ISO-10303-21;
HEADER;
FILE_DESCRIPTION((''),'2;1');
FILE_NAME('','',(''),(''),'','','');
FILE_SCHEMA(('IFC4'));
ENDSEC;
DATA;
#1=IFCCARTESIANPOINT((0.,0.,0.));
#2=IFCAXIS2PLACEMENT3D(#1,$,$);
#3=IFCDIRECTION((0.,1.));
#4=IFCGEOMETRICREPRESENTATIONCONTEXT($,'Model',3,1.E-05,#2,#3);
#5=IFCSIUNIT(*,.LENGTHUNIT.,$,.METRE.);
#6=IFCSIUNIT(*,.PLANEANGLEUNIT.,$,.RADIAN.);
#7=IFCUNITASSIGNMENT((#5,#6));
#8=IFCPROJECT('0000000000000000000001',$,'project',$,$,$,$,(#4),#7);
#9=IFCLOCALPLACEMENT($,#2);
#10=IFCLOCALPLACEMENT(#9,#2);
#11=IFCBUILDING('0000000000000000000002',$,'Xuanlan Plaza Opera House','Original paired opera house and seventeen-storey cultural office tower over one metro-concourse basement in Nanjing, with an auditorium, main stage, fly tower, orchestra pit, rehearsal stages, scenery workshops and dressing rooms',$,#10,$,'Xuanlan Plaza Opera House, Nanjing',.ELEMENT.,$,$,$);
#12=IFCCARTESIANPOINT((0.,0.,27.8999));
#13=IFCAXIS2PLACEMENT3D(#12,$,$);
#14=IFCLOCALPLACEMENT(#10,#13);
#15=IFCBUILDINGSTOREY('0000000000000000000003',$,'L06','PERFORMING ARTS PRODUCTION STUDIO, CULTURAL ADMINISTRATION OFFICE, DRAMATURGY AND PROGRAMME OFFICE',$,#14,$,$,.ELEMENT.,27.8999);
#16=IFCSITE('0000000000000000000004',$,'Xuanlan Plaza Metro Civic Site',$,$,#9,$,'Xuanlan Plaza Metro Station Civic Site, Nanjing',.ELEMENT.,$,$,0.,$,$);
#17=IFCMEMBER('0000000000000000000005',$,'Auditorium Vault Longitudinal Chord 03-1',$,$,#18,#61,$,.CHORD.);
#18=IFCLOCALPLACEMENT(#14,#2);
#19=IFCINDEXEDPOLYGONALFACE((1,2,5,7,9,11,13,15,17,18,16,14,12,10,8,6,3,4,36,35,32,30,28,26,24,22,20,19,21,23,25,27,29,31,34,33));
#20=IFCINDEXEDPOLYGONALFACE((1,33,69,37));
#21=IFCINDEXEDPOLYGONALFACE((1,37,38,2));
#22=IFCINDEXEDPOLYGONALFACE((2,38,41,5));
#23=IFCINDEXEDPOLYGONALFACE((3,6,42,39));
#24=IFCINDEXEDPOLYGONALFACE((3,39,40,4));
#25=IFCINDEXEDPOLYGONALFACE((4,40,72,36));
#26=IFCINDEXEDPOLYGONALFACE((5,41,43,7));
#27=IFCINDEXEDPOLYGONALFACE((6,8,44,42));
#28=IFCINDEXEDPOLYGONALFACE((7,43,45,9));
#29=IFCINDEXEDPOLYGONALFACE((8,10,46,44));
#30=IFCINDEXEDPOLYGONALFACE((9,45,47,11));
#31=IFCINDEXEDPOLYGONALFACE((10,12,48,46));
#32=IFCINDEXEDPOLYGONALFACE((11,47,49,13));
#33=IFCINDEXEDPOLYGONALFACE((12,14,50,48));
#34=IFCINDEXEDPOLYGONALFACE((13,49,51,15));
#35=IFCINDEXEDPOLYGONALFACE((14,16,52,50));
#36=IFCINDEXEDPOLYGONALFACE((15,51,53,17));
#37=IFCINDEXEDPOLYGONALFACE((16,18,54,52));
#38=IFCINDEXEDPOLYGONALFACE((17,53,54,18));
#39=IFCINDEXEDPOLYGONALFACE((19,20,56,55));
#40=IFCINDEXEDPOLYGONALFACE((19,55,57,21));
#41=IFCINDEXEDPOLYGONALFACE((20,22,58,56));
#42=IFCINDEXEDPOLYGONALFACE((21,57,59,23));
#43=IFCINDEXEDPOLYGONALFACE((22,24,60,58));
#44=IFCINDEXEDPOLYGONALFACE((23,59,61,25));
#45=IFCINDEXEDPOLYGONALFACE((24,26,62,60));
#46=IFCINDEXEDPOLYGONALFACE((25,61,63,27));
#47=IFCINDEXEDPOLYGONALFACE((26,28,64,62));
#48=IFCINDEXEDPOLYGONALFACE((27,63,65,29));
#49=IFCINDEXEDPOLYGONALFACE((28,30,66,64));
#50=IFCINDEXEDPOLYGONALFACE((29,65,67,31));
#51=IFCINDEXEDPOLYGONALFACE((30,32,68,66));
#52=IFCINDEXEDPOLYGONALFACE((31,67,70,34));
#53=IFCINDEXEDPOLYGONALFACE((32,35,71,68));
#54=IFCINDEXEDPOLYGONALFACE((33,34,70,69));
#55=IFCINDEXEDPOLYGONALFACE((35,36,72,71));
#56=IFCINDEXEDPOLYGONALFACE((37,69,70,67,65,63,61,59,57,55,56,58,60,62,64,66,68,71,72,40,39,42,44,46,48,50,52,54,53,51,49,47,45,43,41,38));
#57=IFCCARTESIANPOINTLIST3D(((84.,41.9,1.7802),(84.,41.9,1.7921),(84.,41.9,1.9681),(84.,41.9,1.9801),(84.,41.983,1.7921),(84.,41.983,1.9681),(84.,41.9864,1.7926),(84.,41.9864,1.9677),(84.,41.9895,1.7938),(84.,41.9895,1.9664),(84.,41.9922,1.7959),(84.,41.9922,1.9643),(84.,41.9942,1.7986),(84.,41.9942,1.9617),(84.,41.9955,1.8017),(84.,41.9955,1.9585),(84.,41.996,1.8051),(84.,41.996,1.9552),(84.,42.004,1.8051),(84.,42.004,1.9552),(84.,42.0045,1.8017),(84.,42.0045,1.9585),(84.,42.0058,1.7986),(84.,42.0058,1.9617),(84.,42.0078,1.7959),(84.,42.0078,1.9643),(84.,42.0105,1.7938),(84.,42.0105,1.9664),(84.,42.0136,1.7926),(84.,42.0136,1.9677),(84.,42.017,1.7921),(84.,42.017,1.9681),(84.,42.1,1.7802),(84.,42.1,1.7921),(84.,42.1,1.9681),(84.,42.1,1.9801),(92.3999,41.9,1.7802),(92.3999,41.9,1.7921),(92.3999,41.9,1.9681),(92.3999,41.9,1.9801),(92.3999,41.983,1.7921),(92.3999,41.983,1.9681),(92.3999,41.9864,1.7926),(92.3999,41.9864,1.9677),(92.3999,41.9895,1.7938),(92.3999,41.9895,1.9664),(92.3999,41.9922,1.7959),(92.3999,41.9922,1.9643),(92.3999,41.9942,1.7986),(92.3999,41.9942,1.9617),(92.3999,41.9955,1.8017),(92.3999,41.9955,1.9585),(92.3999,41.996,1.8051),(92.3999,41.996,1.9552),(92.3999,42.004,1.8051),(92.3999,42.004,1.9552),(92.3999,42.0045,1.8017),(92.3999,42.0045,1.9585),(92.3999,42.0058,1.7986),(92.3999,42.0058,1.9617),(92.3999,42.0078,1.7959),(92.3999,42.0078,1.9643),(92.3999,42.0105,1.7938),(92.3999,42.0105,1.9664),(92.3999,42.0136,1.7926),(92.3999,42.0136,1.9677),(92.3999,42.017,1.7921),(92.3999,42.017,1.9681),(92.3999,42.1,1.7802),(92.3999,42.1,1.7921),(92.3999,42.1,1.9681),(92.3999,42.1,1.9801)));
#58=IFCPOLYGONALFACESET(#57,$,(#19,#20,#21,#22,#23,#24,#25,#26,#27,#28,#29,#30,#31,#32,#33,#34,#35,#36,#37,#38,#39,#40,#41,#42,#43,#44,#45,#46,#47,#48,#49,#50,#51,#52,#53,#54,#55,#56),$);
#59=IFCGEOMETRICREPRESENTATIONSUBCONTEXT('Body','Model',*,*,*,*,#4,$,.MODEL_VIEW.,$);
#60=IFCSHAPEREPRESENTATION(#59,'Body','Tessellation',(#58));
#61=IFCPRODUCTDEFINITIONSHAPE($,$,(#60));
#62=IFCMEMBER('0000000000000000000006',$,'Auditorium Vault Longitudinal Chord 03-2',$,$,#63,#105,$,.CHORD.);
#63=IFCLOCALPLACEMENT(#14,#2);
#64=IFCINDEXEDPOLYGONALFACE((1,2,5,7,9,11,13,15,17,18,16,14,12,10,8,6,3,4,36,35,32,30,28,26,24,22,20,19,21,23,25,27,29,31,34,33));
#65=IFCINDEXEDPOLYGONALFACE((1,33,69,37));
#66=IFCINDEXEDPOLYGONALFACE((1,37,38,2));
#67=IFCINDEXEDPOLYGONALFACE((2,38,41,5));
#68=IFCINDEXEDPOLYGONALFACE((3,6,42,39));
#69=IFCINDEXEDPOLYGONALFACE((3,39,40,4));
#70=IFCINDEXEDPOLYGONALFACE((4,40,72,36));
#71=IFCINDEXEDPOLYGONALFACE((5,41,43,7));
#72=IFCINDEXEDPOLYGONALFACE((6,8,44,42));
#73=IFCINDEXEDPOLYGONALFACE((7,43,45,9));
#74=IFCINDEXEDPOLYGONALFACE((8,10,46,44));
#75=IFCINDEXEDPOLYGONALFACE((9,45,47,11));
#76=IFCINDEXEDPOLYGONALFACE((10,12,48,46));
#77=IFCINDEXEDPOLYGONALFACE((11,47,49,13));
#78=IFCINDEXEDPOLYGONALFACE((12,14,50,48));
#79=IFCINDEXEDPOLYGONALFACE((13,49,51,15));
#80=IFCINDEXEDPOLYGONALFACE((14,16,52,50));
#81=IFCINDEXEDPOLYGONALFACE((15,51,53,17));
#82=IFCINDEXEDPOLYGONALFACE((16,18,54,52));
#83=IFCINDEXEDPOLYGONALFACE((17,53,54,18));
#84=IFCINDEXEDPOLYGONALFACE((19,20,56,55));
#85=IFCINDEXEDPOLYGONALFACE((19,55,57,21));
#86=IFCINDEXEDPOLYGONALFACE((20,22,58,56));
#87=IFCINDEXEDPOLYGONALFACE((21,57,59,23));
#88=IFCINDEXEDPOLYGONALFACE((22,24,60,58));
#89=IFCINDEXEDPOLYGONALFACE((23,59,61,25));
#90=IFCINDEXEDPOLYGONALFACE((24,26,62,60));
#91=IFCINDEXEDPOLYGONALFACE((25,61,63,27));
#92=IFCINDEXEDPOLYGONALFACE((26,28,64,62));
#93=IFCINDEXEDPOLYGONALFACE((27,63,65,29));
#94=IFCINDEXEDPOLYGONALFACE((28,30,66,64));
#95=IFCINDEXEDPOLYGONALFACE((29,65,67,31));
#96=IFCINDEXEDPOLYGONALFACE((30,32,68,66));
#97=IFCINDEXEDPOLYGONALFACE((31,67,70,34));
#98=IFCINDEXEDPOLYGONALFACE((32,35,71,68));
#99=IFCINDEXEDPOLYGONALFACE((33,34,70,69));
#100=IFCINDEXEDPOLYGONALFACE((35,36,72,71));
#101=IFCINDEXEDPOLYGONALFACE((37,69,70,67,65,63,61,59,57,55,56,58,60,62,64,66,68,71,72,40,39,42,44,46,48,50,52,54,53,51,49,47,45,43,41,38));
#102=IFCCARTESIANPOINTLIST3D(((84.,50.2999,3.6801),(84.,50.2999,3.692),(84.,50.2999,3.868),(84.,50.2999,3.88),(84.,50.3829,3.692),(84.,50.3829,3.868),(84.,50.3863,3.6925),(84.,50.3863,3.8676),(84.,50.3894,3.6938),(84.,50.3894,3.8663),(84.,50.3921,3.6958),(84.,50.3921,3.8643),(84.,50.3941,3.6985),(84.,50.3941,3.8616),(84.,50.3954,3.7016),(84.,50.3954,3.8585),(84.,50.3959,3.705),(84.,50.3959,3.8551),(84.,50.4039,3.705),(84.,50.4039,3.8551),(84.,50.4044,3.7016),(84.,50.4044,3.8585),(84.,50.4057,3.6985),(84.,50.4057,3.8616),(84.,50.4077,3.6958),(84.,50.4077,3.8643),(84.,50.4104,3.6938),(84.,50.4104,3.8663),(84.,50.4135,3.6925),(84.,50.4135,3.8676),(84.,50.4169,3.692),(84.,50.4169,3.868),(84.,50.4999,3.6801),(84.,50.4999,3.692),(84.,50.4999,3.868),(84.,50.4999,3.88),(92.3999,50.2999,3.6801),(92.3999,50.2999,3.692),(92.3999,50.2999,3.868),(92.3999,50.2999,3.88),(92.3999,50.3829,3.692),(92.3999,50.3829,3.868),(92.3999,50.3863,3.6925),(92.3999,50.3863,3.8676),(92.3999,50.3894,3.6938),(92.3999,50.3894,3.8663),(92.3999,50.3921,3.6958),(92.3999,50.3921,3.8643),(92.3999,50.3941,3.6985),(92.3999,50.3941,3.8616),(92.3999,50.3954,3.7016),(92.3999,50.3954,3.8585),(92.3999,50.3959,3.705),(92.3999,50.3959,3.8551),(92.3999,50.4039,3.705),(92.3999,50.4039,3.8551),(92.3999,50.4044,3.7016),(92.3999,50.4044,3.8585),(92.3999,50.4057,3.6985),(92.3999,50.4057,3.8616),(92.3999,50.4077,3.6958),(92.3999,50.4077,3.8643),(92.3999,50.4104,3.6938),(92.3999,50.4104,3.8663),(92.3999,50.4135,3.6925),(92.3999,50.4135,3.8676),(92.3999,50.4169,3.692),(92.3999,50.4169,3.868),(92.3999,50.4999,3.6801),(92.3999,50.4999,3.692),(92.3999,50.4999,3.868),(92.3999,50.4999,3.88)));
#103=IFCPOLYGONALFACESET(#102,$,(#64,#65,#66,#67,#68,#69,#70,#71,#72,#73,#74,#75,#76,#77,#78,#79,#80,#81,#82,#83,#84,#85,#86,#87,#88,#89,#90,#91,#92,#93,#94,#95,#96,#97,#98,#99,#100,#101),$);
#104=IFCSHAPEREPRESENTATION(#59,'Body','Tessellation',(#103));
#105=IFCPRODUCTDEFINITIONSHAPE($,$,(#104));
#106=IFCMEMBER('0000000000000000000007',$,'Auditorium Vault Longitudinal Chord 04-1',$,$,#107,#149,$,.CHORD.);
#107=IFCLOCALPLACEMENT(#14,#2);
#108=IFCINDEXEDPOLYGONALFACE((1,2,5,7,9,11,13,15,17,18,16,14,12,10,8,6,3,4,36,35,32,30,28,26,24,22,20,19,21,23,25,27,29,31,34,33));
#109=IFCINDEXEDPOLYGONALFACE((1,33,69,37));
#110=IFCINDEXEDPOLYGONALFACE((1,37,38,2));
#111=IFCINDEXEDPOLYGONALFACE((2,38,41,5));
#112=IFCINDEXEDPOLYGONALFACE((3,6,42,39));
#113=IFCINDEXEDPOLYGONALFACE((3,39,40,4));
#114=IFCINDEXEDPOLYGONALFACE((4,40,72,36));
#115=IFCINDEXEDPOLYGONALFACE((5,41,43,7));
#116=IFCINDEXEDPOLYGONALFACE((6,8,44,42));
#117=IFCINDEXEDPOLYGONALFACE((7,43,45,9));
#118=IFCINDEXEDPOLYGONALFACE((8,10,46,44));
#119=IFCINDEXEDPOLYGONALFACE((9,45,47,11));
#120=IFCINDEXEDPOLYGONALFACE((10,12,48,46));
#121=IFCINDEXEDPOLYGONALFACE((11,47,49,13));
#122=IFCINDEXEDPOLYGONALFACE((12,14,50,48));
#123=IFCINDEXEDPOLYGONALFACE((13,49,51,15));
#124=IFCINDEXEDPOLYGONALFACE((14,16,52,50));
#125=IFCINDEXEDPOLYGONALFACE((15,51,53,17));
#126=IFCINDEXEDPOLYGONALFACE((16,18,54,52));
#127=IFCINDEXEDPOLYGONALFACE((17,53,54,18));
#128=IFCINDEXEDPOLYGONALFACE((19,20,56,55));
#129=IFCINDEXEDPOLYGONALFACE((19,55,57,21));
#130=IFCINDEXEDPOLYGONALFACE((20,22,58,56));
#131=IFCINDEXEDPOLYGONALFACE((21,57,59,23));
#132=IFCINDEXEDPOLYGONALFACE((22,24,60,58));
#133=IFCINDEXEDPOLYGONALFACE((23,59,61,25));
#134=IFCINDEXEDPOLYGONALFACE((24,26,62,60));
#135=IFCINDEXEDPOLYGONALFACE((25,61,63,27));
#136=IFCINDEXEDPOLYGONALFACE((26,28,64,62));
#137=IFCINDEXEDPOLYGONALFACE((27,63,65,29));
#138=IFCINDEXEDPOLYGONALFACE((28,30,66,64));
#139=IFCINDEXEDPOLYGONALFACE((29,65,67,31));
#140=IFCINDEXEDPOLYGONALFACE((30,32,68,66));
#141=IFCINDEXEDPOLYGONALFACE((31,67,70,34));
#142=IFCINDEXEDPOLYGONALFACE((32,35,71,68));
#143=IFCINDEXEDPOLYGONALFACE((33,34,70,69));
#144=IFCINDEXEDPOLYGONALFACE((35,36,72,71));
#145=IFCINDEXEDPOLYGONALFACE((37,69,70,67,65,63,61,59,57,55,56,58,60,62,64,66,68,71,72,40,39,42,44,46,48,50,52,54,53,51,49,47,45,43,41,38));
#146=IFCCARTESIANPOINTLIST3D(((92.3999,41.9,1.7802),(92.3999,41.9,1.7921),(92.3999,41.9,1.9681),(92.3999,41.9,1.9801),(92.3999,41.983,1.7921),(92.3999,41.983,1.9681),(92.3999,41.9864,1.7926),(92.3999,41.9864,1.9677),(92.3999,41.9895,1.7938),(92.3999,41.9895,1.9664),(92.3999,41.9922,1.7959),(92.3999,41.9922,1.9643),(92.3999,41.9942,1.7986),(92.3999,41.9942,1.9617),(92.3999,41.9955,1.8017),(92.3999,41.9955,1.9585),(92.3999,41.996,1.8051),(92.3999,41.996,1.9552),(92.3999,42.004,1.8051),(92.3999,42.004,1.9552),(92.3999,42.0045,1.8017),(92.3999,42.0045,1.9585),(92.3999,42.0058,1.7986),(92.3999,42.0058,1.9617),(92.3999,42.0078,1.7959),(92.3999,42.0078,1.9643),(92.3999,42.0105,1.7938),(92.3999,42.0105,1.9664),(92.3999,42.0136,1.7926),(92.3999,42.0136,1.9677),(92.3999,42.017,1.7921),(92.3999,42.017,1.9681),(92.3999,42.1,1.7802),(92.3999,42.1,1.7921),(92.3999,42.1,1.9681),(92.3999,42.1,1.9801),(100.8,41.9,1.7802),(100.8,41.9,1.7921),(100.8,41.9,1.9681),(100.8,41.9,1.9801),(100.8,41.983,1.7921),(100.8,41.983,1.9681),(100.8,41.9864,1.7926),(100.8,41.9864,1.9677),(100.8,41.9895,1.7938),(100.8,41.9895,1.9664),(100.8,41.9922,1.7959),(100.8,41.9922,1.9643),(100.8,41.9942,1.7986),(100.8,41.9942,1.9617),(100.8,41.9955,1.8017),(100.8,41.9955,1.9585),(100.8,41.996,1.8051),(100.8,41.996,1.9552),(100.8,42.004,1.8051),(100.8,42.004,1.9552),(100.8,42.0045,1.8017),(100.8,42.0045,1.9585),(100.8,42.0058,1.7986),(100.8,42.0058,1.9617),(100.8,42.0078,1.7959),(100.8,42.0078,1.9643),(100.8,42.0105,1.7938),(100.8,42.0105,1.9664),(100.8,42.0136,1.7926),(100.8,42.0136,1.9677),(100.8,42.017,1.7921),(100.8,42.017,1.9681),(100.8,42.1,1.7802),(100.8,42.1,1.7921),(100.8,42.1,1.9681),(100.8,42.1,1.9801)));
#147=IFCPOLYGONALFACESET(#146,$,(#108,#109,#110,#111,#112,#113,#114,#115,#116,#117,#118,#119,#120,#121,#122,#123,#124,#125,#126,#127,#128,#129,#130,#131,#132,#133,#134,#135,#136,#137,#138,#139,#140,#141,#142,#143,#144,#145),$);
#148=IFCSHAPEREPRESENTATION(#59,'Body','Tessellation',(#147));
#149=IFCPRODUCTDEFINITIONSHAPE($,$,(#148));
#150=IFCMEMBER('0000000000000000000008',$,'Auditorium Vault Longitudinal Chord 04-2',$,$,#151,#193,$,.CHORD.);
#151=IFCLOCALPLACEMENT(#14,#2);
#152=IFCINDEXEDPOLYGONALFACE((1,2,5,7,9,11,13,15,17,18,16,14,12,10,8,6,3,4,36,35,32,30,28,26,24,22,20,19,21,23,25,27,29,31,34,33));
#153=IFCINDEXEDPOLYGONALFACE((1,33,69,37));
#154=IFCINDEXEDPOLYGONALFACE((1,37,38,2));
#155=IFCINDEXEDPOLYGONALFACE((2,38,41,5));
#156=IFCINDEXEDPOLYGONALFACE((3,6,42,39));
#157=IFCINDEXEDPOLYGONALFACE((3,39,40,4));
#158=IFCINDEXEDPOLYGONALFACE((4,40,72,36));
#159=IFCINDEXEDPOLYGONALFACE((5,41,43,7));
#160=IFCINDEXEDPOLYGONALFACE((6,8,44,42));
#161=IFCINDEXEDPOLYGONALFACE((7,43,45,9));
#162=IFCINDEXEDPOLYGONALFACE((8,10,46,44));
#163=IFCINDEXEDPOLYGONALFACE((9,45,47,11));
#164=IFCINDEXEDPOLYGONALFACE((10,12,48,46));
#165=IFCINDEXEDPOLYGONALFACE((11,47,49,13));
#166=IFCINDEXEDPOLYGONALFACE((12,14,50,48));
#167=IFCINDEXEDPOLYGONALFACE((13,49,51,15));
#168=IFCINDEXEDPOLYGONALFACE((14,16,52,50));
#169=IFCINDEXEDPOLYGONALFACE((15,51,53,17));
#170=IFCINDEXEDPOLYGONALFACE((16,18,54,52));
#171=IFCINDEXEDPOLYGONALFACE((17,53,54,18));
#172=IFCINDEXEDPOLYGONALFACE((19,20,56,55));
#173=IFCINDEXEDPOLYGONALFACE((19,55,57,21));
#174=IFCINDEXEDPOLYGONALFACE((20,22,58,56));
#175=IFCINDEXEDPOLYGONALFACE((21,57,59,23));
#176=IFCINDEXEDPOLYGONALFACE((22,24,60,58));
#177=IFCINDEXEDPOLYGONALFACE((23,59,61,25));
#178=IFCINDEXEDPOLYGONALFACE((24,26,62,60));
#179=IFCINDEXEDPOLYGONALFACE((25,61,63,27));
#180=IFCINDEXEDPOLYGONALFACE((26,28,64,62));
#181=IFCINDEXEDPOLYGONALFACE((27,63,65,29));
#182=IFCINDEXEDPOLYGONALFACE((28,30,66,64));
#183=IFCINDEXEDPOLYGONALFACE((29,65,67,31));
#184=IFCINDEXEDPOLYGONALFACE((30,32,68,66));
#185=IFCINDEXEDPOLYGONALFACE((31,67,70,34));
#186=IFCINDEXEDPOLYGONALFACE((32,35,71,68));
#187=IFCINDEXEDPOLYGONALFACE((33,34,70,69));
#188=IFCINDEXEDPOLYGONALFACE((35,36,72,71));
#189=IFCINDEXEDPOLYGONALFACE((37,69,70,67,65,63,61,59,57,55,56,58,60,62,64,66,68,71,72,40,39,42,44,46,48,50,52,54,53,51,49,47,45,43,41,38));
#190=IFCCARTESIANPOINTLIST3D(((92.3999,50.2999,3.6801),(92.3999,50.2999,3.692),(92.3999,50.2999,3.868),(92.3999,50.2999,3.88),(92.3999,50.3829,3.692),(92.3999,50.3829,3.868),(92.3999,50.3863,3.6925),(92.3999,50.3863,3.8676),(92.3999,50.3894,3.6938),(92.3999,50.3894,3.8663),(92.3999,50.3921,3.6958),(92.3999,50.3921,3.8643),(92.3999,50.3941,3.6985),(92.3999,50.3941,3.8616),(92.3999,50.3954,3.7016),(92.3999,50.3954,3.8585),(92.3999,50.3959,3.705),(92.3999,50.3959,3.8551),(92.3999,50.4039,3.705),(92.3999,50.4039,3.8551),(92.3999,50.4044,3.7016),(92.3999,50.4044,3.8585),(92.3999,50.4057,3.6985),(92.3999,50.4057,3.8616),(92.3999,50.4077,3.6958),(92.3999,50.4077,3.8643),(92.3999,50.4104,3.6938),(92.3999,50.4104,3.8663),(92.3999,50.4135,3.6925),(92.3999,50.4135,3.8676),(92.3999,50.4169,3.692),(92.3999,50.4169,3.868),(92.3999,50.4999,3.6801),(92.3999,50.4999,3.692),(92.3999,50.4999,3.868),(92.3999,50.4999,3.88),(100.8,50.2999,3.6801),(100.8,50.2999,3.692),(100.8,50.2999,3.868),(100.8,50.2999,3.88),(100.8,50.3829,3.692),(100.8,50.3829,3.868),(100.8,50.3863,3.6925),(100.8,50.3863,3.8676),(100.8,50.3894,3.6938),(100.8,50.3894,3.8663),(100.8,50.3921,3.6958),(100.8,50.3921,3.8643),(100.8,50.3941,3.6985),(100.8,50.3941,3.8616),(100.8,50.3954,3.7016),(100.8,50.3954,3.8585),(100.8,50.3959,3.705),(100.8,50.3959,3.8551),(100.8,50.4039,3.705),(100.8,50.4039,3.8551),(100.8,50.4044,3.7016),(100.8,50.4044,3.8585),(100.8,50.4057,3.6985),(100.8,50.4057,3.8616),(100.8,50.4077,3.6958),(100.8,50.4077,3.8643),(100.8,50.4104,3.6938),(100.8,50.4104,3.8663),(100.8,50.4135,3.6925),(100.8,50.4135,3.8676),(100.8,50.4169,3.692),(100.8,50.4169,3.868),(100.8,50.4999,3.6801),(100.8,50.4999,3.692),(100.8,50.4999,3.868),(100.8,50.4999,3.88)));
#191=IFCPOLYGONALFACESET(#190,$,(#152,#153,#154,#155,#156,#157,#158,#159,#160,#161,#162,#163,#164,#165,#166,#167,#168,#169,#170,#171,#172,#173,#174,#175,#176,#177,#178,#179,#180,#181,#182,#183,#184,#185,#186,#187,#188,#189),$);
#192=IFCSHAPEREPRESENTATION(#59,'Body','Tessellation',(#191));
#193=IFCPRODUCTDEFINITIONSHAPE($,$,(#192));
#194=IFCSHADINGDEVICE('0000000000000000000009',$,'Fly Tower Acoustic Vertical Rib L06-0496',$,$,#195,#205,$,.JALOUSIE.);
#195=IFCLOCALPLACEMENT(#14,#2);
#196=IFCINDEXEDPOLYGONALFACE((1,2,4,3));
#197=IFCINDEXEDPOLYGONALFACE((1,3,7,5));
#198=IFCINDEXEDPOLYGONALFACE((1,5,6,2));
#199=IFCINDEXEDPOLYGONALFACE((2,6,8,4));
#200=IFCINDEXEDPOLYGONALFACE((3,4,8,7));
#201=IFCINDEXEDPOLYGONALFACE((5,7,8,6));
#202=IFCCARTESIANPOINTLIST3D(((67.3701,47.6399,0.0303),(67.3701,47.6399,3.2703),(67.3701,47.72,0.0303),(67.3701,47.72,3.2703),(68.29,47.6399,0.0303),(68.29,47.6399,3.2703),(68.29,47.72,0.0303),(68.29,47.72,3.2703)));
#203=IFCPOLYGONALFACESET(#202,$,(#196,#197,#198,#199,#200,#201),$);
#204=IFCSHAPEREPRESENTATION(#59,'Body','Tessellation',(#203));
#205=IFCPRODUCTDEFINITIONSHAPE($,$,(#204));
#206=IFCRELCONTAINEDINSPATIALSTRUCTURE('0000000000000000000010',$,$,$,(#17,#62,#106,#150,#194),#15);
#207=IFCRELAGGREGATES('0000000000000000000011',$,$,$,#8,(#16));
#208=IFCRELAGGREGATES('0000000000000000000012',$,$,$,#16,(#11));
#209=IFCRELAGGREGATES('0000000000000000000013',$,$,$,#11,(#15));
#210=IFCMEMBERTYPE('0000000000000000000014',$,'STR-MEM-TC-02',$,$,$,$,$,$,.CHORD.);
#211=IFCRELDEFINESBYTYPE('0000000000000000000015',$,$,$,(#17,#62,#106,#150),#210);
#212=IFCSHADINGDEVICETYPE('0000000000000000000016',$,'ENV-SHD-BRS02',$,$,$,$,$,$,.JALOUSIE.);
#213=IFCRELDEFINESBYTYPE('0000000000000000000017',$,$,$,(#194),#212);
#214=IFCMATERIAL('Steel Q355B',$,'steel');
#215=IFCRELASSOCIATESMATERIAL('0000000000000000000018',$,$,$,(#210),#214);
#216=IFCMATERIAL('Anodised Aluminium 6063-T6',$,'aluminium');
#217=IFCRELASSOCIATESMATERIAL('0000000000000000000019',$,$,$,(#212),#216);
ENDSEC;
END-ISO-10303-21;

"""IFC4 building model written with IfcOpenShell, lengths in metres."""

from ifc_helpers import new_model, si_unit, direction, frame, origin, origin_2d, place, context, subcontext, project, spatial, rectangle, i_section, extrude, material, material_profile, profile_set, type_object, element, save


model = new_model("IFC4")

# Units and contexts
model_context = context("Model", 3, precision=1e-05, world=origin(), true_north=direction((0.0, 1.0)))
body_context = subcontext(model_context, "Body", "Model", "MODEL_VIEW")
ifc_project = project(units=[si_unit("LENGTHUNIT", "METRE"), si_unit("PLANEANGLEUNIT", "RADIAN")], contexts=[model_context])

# Site, building, storey
site_placement = place(None, origin())
site = spatial("IfcSite", under=ifc_project, at=site_placement, Name="Xuanlan Plaza Metro Civic Site", LongName="Xuanlan Plaza Metro Station Civic Site, Nanjing", CompositionType="ELEMENT", RefElevation=0.0)
building_placement = place(site_placement, origin())
building = spatial("IfcBuilding", under=site, at=building_placement, Name="Xuanlan Plaza Opera House", Description="Original paired opera house and seventeen-storey cultural office tower over one metro-concourse basement in Nanjing, with an auditorium, main stage, fly tower, orchestra pit, rehearsal stages, scenery workshops and dressing rooms", LongName="Xuanlan Plaza Opera House, Nanjing", CompositionType="ELEMENT")
storey_placement = place(building_placement, frame((0.0, 0.0, 27.8999)))
storey = spatial("IfcBuildingStorey", under=building, at=storey_placement, Name="L06", Description="PERFORMING ARTS PRODUCTION STUDIO, CULTURAL ADMINISTRATION OFFICE, DRAMATURGY AND PROGRAMME OFFICE", CompositionType="ELEMENT", Elevation=27.8999)

# Members
ifc_material_1 = material(Name="Steel Q355B", Category="steel")
ifc_material_profile_1 = material_profile(ifc_material_1, i_section(OverallWidth=0.2, OverallDepth=0.2, WebThickness=0.0081, FlangeThickness=0.012, FilletRadius=0.0129, at=origin_2d()), Name="HW 200x200x8x12")
ifc_profile_set_1 = profile_set([ifc_material_profile_1], Name="Steel Q355B")
member_type_1 = type_object("IfcMemberType", Name="STR-MEM-TC-02", PredefinedType="CHORD", material=ifc_profile_set_1)
for number, where, z_axis, x_axis, name in (
    (1, (84.0, 42.0, 1.8801), (1.0, 0.0, 0.0), (0.0, 1.0, 0.0), "Auditorium Vault Longitudinal Chord 03-1"),
    (2, (84.0, 50.3999, 3.78), (1.0, 0.0, 0.0), (0.0, 1.0, 0.0), "Auditorium Vault Longitudinal Chord 03-2"),
):
    element("IfcMember", number, at=place(storey_placement, frame(where, z_axis=z_axis, x_axis=x_axis)), inside=storey, type_object=member_type_1, Name=name, PredefinedType="CHORD", context=body_context, shape_type="SweptSolid", body=[
        extrude(i_section(OverallWidth=0.2, OverallDepth=0.2, WebThickness=0.0081, FlangeThickness=0.012, FilletRadius=0.0129, at=origin_2d()), origin(), (0.0, 0.0, 1.0), 8.3999),
    ])
for number, where, z_axis, x_axis, name in (
    (3, (92.3999, 42.0, 1.8801), (1.0, 0.0, 0.0), (0.0, 1.0, 0.0), "Auditorium Vault Longitudinal Chord 04-1"),
    (4, (92.3999, 50.3999, 3.78), (1.0, 0.0, 0.0), (0.0, 1.0, 0.0), "Auditorium Vault Longitudinal Chord 04-2"),
):
    element("IfcMember", number, at=place(storey_placement, frame(where, z_axis=z_axis, x_axis=x_axis)), inside=storey, type_object=member_type_1, Name=name, PredefinedType="CHORD", context=body_context, shape_type="SweptSolid", body=[
        extrude(i_section(OverallWidth=0.2, OverallDepth=0.2, WebThickness=0.0081, FlangeThickness=0.012, FilletRadius=0.0129, at=origin_2d()), origin(), (0.0, 0.0, 1.0), 8.4001),
    ])

# Shading device
ifc_material_2 = material(Name="Anodised Aluminium 6063-T6", Category="aluminium")
shading_device_type = type_object("IfcShadingDeviceType", Name="ENV-SHD-BRS02", PredefinedType="JALOUSIE", material=ifc_material_2)
shading_device_placement = place(storey_placement, frame((67.8301, 47.6799, 0.0303), z_axis=(0.0, 0.0, 1.0), x_axis=(1.0, 0.0, 0.0)))
element("IfcShadingDevice", 5, at=shading_device_placement, inside=storey, type_object=shading_device_type, Name="Fly Tower Acoustic Vertical Rib L06-0496", PredefinedType="JALOUSIE", context=body_context, shape_type="SweptSolid", body=[
    extrude(rectangle(XDim=0.9199, YDim=0.0801, at=origin_2d()), origin(), (0.0, 0.0, 1.0), 3.24),
])

save(model, "model.ifc")
